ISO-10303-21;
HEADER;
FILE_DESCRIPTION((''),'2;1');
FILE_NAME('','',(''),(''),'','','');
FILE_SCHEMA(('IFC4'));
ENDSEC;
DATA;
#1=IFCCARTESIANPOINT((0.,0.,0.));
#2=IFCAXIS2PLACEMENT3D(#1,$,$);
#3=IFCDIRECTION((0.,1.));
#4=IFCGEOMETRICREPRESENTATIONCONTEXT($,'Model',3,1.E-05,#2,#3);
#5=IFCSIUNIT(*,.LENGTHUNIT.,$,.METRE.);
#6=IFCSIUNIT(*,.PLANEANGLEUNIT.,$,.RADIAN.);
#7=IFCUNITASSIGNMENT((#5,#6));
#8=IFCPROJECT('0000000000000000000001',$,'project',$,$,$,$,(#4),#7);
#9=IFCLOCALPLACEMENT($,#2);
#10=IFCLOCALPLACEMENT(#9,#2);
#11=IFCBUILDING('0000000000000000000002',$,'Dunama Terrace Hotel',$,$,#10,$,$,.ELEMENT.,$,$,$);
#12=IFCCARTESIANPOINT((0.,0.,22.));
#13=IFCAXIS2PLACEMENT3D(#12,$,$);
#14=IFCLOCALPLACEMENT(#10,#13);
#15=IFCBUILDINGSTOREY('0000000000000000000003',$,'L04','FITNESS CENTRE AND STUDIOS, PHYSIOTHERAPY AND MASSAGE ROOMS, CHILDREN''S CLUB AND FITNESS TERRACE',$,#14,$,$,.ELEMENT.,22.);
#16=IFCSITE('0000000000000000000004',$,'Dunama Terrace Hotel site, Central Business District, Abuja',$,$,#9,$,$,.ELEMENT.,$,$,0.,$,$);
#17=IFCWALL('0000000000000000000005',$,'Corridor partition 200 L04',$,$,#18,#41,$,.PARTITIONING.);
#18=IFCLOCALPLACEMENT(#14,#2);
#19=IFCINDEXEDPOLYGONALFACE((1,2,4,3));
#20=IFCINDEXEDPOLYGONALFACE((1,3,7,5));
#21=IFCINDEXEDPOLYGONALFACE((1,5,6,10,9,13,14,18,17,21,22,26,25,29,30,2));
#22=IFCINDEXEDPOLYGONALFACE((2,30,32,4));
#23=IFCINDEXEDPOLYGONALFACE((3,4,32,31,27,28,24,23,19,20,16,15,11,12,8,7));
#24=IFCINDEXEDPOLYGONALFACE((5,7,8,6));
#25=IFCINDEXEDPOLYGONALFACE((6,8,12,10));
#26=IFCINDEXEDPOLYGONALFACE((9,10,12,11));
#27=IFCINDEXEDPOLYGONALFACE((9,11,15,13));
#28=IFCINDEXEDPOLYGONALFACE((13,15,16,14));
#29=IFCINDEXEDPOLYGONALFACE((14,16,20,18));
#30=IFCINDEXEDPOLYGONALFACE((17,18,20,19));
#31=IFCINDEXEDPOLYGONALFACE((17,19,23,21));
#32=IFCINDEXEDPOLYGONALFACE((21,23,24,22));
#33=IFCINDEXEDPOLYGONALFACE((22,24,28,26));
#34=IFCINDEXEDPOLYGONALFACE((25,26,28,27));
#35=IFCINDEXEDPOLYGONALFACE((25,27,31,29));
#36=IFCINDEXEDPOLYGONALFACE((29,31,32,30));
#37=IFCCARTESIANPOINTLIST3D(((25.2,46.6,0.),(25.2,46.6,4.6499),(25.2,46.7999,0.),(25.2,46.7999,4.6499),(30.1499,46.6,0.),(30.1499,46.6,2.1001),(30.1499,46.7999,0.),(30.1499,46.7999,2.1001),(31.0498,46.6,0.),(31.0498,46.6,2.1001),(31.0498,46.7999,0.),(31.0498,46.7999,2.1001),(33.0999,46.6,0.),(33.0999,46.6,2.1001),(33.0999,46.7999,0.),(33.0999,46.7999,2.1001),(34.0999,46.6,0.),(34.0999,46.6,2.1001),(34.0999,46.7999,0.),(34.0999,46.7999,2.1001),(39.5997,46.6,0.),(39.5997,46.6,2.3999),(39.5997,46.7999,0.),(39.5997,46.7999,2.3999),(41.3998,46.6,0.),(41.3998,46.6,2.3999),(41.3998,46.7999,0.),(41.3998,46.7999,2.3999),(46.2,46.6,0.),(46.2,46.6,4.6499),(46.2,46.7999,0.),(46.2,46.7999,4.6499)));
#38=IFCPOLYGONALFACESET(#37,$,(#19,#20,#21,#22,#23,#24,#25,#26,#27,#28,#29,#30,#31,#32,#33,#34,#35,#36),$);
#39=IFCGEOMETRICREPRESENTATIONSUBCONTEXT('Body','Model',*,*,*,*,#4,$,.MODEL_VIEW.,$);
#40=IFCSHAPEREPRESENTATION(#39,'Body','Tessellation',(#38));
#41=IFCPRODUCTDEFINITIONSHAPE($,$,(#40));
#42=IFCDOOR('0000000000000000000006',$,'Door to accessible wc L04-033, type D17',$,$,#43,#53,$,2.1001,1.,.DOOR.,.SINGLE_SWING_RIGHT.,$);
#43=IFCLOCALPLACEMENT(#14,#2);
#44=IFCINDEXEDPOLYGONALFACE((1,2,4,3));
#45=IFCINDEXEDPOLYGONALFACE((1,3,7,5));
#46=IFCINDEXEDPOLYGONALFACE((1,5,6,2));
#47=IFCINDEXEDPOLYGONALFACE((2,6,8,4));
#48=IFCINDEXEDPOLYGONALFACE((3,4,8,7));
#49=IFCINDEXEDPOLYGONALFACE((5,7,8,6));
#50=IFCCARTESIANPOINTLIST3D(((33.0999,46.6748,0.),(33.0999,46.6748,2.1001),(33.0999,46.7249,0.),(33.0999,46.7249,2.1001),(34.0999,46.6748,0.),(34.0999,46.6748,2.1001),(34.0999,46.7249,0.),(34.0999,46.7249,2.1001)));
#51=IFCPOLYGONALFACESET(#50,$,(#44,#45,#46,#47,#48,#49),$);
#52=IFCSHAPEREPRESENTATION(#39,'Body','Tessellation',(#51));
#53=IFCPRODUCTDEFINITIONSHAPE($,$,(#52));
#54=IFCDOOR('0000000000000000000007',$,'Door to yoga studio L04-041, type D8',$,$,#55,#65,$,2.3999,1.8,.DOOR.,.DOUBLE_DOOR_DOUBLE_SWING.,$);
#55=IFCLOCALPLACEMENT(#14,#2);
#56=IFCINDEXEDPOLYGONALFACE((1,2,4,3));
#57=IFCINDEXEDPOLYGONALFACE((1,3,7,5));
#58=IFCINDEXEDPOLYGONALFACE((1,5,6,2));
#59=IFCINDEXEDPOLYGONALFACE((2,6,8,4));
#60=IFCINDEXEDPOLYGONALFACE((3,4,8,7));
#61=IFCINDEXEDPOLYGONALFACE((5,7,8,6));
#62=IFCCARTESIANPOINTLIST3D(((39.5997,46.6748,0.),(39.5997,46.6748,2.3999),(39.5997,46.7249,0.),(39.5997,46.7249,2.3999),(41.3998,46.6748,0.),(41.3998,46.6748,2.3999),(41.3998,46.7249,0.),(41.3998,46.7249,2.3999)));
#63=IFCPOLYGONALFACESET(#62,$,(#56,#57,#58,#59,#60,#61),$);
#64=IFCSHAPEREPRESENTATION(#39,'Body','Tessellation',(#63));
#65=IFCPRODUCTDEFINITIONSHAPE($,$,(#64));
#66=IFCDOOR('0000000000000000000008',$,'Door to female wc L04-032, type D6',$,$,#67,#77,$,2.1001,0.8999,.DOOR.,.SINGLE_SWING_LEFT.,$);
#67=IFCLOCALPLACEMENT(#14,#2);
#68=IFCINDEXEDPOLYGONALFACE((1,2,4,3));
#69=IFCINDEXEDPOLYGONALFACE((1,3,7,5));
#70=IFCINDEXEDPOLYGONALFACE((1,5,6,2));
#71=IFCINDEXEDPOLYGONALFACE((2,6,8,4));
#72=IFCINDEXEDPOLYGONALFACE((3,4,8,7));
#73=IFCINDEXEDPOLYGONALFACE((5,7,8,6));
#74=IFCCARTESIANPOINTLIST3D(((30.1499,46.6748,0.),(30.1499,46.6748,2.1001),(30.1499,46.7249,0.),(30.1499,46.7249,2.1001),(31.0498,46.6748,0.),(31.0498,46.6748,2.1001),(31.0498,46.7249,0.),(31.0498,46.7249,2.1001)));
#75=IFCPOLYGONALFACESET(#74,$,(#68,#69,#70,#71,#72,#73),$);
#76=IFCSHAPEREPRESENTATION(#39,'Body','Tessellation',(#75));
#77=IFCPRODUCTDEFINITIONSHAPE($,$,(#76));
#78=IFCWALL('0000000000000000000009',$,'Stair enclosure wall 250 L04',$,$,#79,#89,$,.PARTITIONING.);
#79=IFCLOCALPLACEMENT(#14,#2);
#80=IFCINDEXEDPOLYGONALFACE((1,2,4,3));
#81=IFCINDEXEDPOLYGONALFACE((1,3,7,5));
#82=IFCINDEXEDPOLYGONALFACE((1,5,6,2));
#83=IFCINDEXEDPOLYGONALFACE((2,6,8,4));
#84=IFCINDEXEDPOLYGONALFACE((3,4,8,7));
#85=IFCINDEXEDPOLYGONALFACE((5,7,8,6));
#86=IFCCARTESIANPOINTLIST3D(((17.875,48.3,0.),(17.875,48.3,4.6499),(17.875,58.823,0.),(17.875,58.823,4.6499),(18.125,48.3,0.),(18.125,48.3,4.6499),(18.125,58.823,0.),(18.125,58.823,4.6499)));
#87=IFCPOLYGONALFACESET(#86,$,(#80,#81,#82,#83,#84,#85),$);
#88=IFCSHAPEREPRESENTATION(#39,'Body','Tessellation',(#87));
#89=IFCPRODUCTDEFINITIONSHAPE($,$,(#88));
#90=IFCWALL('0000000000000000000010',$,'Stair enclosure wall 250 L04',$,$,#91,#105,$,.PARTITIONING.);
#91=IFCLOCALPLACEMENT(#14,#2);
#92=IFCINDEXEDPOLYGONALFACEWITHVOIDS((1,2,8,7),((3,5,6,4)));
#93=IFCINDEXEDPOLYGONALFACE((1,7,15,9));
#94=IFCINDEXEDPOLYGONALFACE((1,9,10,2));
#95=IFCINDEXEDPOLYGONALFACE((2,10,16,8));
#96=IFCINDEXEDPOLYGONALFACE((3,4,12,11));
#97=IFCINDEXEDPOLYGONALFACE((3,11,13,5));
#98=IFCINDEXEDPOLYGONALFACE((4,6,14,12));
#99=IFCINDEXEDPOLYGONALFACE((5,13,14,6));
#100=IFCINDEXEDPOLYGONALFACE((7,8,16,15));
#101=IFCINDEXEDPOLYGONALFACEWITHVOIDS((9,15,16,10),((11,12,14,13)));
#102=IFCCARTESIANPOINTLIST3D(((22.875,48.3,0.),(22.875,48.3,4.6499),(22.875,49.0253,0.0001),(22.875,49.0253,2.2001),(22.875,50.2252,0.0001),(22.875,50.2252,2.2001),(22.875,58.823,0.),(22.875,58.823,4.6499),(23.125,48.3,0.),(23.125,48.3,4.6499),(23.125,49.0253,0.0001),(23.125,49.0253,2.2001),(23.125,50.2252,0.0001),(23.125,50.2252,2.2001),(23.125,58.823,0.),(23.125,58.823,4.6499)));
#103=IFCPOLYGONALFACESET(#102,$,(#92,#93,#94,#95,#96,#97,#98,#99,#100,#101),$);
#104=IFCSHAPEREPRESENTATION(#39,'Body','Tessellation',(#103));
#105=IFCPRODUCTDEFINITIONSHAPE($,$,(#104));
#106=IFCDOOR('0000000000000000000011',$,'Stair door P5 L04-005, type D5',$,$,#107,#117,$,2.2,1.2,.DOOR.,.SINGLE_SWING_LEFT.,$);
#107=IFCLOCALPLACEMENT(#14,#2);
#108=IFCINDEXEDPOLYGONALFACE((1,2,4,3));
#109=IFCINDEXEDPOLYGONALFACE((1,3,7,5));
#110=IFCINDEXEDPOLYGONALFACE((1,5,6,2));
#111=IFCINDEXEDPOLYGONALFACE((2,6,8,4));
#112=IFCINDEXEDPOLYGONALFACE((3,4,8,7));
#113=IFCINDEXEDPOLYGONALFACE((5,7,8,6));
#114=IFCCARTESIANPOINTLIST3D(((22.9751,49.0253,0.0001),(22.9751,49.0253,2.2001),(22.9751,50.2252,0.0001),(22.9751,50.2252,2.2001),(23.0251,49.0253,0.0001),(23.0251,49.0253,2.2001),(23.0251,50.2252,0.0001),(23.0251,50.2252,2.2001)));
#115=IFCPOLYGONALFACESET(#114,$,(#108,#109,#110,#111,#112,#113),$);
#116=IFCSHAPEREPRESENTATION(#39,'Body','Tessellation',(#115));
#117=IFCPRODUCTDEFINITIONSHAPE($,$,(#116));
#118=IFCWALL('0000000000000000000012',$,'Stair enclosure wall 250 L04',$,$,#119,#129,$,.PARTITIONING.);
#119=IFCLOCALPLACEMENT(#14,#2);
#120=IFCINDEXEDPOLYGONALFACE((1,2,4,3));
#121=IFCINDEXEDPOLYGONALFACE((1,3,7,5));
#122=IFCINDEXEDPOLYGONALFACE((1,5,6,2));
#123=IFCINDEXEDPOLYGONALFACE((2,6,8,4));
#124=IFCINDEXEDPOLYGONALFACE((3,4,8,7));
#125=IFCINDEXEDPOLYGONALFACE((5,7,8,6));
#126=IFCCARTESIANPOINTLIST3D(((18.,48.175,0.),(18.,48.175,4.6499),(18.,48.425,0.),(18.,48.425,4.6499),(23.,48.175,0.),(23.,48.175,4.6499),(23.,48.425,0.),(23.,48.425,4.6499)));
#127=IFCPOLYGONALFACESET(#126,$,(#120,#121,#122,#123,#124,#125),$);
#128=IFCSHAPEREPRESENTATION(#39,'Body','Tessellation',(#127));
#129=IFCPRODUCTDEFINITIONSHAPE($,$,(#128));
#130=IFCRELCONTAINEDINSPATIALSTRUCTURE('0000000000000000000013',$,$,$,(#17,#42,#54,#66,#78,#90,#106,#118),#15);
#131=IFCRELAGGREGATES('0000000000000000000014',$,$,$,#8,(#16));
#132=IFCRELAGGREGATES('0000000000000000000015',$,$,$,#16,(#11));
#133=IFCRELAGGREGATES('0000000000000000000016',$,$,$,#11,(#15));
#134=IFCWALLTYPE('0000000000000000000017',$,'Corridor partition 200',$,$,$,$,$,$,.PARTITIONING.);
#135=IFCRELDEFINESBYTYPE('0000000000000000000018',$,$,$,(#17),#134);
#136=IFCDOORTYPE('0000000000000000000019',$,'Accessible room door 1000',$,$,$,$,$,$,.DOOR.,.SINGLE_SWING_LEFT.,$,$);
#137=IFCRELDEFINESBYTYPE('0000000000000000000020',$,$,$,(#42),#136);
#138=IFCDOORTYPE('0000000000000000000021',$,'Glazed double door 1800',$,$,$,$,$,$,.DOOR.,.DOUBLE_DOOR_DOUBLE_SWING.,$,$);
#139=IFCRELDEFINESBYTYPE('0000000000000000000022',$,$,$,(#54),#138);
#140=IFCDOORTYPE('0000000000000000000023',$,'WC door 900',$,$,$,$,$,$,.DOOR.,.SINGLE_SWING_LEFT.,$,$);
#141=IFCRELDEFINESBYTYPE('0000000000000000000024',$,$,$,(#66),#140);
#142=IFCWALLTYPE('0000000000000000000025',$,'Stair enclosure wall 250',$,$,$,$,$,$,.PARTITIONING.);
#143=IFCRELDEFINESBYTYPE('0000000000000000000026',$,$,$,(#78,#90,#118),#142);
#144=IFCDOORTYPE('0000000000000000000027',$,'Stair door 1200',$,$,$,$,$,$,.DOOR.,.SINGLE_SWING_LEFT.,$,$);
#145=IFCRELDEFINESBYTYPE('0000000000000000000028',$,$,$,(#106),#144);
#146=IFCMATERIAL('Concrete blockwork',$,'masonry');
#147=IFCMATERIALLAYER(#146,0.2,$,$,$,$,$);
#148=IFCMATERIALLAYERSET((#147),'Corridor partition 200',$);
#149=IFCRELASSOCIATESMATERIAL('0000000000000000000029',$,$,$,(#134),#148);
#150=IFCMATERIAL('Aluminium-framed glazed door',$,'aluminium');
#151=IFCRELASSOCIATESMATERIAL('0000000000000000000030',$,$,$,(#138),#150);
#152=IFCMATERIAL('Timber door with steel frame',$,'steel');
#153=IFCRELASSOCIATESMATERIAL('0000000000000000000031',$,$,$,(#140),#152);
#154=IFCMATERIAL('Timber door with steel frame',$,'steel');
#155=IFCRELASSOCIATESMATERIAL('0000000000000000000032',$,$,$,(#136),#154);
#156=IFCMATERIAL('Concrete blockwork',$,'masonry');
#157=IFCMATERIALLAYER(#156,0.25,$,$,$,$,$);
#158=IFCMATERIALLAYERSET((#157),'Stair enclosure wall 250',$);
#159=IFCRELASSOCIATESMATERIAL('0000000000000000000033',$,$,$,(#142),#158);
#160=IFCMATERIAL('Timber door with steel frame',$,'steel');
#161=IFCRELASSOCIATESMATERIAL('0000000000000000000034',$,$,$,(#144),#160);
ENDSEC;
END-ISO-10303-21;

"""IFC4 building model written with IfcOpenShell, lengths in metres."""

from ifc_helpers import new_model, si_unit, direction, frame, frame_2d, origin, place, context, subcontext, project, spatial, rectangle, extrude, material, layer, layer_set, type_object, element, fill, save


model = new_model("IFC4")

# Units and contexts
model_context = context("Model", 3, precision=1e-05, world=origin(), true_north=direction((0.0, 1.0)))
body_context = subcontext(model_context, "Body", "Model", "MODEL_VIEW")
ifc_project = project(units=[si_unit("LENGTHUNIT", "METRE"), si_unit("PLANEANGLEUNIT", "RADIAN")], contexts=[model_context])

# Site, building, storey
site_placement = place(None, origin())
site = spatial("IfcSite", under=ifc_project, at=site_placement, Name="Dunama Terrace Hotel site, Central Business District, Abuja", CompositionType="ELEMENT", RefElevation=0.0)
building_placement = place(site_placement, origin())
building = spatial("IfcBuilding", under=site, at=building_placement, Name="Dunama Terrace Hotel", CompositionType="ELEMENT")
storey_placement = place(building_placement, frame((0.0, 0.0, 22.0)))
storey = spatial("IfcBuildingStorey", under=building, at=storey_placement, Name="L04", Description="FITNESS CENTRE AND STUDIOS, PHYSIOTHERAPY AND MASSAGE ROOMS, CHILDREN'S CLUB AND FITNESS TERRACE", CompositionType="ELEMENT", Elevation=22.0)

# Wall, openings, doors
ifc_material_1 = material(Name="Concrete blockwork", Category="masonry")
ifc_layer_1 = layer(ifc_material_1, 0.2)
ifc_layer_set_1 = layer_set([ifc_layer_1], Name="Corridor partition 200")
wall_type_1 = type_object("IfcWallType", Name="Corridor partition 200", PredefinedType="PARTITIONING", material=ifc_layer_set_1)
ifc_material_2 = material(Name="Aluminium-framed glazed door", Category="aluminium")
door_type_1 = type_object("IfcDoorType", Name="Glazed double door 1800", OperationType="DOUBLE_DOOR_DOUBLE_SWING", PredefinedType="DOOR", material=ifc_material_2)
ifc_material_3 = material(Name="Timber door with steel frame", Category="steel")
door_type_2 = type_object("IfcDoorType", Name="WC door 900", OperationType="SINGLE_SWING_LEFT", PredefinedType="DOOR", material=ifc_material_3)
wall_1_placement = place(storey_placement, frame((25.2, 46.7, 0.0), z_axis=(0.0, 0.0, 1.0), x_axis=(1.0, 0.0, 0.0)))
wall_1 = element("IfcWall", 1, at=wall_1_placement, inside=storey, type_object=wall_type_1, Name="Corridor partition 200 L04", PredefinedType="PARTITIONING", context=body_context, shape_type="SweptSolid", body=[
    extrude(rectangle(XDim=21.0, YDim=0.2, at=frame_2d((10.5, 0.0))), origin(), (0.0, 0.0, 1.0), 4.6499),
])
opening_1_placement = place(wall_1_placement, frame((4.95, 0.0, 0.0)))
opening_1 = element("IfcOpeningElement", 2, at=opening_1_placement, cuts=wall_1, PredefinedType="OPENING", context=body_context, shape_type="SweptSolid", body=[
    extrude(rectangle(XDim=0.8999, YDim=2.1001, at=frame_2d((0.45, 1.05))), frame((0.0, 0.1099, 0.0), z_axis=(0.0, -1.0, 0.0), x_axis=(1.0, 0.0, 0.0)), (0.0, 0.0, 1.0), 0.22),
])
opening_2_placement = place(wall_1_placement, frame((7.8999, 0.0, 0.0)))
opening_2 = element("IfcOpeningElement", 3, at=opening_2_placement, cuts=wall_1, PredefinedType="OPENING", context=body_context, shape_type="SweptSolid", body=[
    extrude(rectangle(XDim=1.0, YDim=2.1001, at=frame_2d((0.5, 1.05))), frame((0.0, 0.1099, 0.0), z_axis=(0.0, -1.0, 0.0), x_axis=(1.0, 0.0, 0.0)), (0.0, 0.0, 1.0), 0.22),
])
opening_3_placement = place(wall_1_placement, frame((14.3999, 0.0, 0.0)))
opening_3 = element("IfcOpeningElement", 4, at=opening_3_placement, cuts=wall_1, PredefinedType="OPENING", context=body_context, shape_type="SweptSolid", body=[
    extrude(rectangle(XDim=1.8, YDim=2.3999, at=frame_2d((0.8999, 1.2))), frame((0.0, 0.1099, 0.0), z_axis=(0.0, -1.0, 0.0), x_axis=(1.0, 0.0, 0.0)), (0.0, 0.0, 1.0), 0.22),
])
ifc_material_4 = material(Name="Timber door with steel frame", Category="steel")
door_type_3 = type_object("IfcDoorType", Name="Accessible room door 1000", OperationType="SINGLE_SWING_LEFT", PredefinedType="DOOR", material=ifc_material_4)
door_1_placement = place(opening_2_placement, origin())
door_1 = element("IfcDoor", 5, at=door_1_placement, inside=storey, type_object=door_type_3, Name="Door to accessible wc L04-033, type D17", OperationType="SINGLE_SWING_RIGHT", OverallHeight=2.1001, OverallWidth=1.0, PredefinedType="DOOR", context=body_context, shape_type="SweptSolid", body=[
    extrude(rectangle(XDim=1.0, YDim=2.1001, at=frame_2d((0.5, 1.05))), frame((0.0, 0.0249, 0.0), z_axis=(0.0, -1.0, 0.0), x_axis=(1.0, 0.0, 0.0)), (0.0, 0.0, 1.0), 0.05),
])
fill(opening_2, door_1)
door_2_placement = place(opening_3_placement, origin())
door_2 = element("IfcDoor", 6, at=door_2_placement, inside=storey, type_object=door_type_1, Name="Door to yoga studio L04-041, type D8", OperationType="DOUBLE_DOOR_DOUBLE_SWING", OverallHeight=2.3999, OverallWidth=1.8, PredefinedType="DOOR", context=body_context, shape_type="SweptSolid", body=[
    extrude(rectangle(XDim=1.8, YDim=2.3999, at=frame_2d((0.8999, 1.2))), frame((0.0, 0.0249, 0.0), z_axis=(0.0, -1.0, 0.0), x_axis=(1.0, 0.0, 0.0)), (0.0, 0.0, 1.0), 0.05),
])
fill(opening_3, door_2)
door_3_placement = place(opening_1_placement, origin())
door_3 = element("IfcDoor", 7, at=door_3_placement, inside=storey, type_object=door_type_2, Name="Door to female wc L04-032, type D6", OperationType="SINGLE_SWING_LEFT", OverallHeight=2.1001, OverallWidth=0.8999, PredefinedType="DOOR", context=body_context, shape_type="SweptSolid", body=[
    extrude(rectangle(XDim=0.8999, YDim=2.1001, at=frame_2d((0.45, 1.05))), frame((0.0, 0.0249, 0.0), z_axis=(0.0, -1.0, 0.0), x_axis=(1.0, 0.0, 0.0)), (0.0, 0.0, 1.0), 0.05),
])
fill(opening_1, door_3)

# Wall
ifc_material_5 = material(Name="Concrete blockwork", Category="masonry")
ifc_layer_2 = layer(ifc_material_5, 0.25)
ifc_layer_set_2 = layer_set([ifc_layer_2], Name="Stair enclosure wall 250")
wall_type_2 = type_object("IfcWallType", Name="Stair enclosure wall 250", PredefinedType="PARTITIONING", material=ifc_layer_set_2)
wall_2_placement = place(storey_placement, frame((18.0, 48.3, 0.0), z_axis=(0.0, 0.0, 1.0), x_axis=(0.0, 1.0, 0.0)))
element("IfcWall", 8, at=wall_2_placement, inside=storey, type_object=wall_type_2, Name="Stair enclosure wall 250 L04", PredefinedType="PARTITIONING", context=body_context, shape_type="SweptSolid", body=[
    extrude(rectangle(XDim=10.5229, YDim=0.25, at=frame_2d((5.2615, 0.0))), origin(), (0.0, 0.0, 1.0), 4.6499),
])

# Wall, opening, door
wall_3_placement = place(storey_placement, frame((23.0, 48.3, 0.0), z_axis=(0.0, 0.0, 1.0), x_axis=(0.0, 1.0, 0.0)))
wall_3 = element("IfcWall", 9, at=wall_3_placement, inside=storey, type_object=wall_type_2, Name="Stair enclosure wall 250 L04", PredefinedType="PARTITIONING", context=body_context, shape_type="SweptSolid", body=[
    extrude(rectangle(XDim=10.5229, YDim=0.25, at=frame_2d((5.2615, 0.0))), origin(), (0.0, 0.0, 1.0), 4.6499),
])
opening_4_placement = place(wall_3_placement, frame((0.7251, 0.0, 0.0)))
opening_4 = element("IfcOpeningElement", 10, at=opening_4_placement, cuts=wall_3, PredefinedType="OPENING", context=body_context, shape_type="SweptSolid", body=[
    extrude(rectangle(XDim=1.2, YDim=2.2, at=frame_2d((0.6001, 1.1001))), frame((0.0, 0.135, 0.0), z_axis=(0.0, -1.0, 0.0), x_axis=(1.0, 0.0, 0.0)), (0.0, 0.0, 1.0), 0.27),
])
ifc_material_6 = material(Name="Timber door with steel frame", Category="steel")
door_type_4 = type_object("IfcDoorType", Name="Stair door 1200", OperationType="SINGLE_SWING_LEFT", PredefinedType="DOOR", material=ifc_material_6)
door_4_placement = place(opening_4_placement, origin())
door_4 = element("IfcDoor", 11, at=door_4_placement, inside=storey, type_object=door_type_4, Name="Stair door P5 L04-005, type D5", OperationType="SINGLE_SWING_LEFT", OverallHeight=2.2, OverallWidth=1.2, PredefinedType="DOOR", context=body_context, shape_type="SweptSolid", body=[
    extrude(rectangle(XDim=1.2, YDim=2.2, at=frame_2d((0.6001, 1.1001))), frame((0.0, 0.0249, 0.0), z_axis=(0.0, -1.0, 0.0), x_axis=(1.0, 0.0, 0.0)), (0.0, 0.0, 1.0), 0.05),
])
fill(opening_4, door_4)

# Wall
wall_4_placement = place(storey_placement, frame((18.0, 48.3, 0.0), z_axis=(0.0, 0.0, 1.0), x_axis=(1.0, 0.0, 0.0)))
element("IfcWall", 12, at=wall_4_placement, inside=storey, type_object=wall_type_2, Name="Stair enclosure wall 250 L04", PredefinedType="PARTITIONING", context=body_context, shape_type="SweptSolid", body=[
    extrude(rectangle(XDim=5.0, YDim=0.25, at=frame_2d((2.5, 0.0))), origin(), (0.0, 0.0, 1.0), 4.6499),
])

save(model, "model.ifc")
